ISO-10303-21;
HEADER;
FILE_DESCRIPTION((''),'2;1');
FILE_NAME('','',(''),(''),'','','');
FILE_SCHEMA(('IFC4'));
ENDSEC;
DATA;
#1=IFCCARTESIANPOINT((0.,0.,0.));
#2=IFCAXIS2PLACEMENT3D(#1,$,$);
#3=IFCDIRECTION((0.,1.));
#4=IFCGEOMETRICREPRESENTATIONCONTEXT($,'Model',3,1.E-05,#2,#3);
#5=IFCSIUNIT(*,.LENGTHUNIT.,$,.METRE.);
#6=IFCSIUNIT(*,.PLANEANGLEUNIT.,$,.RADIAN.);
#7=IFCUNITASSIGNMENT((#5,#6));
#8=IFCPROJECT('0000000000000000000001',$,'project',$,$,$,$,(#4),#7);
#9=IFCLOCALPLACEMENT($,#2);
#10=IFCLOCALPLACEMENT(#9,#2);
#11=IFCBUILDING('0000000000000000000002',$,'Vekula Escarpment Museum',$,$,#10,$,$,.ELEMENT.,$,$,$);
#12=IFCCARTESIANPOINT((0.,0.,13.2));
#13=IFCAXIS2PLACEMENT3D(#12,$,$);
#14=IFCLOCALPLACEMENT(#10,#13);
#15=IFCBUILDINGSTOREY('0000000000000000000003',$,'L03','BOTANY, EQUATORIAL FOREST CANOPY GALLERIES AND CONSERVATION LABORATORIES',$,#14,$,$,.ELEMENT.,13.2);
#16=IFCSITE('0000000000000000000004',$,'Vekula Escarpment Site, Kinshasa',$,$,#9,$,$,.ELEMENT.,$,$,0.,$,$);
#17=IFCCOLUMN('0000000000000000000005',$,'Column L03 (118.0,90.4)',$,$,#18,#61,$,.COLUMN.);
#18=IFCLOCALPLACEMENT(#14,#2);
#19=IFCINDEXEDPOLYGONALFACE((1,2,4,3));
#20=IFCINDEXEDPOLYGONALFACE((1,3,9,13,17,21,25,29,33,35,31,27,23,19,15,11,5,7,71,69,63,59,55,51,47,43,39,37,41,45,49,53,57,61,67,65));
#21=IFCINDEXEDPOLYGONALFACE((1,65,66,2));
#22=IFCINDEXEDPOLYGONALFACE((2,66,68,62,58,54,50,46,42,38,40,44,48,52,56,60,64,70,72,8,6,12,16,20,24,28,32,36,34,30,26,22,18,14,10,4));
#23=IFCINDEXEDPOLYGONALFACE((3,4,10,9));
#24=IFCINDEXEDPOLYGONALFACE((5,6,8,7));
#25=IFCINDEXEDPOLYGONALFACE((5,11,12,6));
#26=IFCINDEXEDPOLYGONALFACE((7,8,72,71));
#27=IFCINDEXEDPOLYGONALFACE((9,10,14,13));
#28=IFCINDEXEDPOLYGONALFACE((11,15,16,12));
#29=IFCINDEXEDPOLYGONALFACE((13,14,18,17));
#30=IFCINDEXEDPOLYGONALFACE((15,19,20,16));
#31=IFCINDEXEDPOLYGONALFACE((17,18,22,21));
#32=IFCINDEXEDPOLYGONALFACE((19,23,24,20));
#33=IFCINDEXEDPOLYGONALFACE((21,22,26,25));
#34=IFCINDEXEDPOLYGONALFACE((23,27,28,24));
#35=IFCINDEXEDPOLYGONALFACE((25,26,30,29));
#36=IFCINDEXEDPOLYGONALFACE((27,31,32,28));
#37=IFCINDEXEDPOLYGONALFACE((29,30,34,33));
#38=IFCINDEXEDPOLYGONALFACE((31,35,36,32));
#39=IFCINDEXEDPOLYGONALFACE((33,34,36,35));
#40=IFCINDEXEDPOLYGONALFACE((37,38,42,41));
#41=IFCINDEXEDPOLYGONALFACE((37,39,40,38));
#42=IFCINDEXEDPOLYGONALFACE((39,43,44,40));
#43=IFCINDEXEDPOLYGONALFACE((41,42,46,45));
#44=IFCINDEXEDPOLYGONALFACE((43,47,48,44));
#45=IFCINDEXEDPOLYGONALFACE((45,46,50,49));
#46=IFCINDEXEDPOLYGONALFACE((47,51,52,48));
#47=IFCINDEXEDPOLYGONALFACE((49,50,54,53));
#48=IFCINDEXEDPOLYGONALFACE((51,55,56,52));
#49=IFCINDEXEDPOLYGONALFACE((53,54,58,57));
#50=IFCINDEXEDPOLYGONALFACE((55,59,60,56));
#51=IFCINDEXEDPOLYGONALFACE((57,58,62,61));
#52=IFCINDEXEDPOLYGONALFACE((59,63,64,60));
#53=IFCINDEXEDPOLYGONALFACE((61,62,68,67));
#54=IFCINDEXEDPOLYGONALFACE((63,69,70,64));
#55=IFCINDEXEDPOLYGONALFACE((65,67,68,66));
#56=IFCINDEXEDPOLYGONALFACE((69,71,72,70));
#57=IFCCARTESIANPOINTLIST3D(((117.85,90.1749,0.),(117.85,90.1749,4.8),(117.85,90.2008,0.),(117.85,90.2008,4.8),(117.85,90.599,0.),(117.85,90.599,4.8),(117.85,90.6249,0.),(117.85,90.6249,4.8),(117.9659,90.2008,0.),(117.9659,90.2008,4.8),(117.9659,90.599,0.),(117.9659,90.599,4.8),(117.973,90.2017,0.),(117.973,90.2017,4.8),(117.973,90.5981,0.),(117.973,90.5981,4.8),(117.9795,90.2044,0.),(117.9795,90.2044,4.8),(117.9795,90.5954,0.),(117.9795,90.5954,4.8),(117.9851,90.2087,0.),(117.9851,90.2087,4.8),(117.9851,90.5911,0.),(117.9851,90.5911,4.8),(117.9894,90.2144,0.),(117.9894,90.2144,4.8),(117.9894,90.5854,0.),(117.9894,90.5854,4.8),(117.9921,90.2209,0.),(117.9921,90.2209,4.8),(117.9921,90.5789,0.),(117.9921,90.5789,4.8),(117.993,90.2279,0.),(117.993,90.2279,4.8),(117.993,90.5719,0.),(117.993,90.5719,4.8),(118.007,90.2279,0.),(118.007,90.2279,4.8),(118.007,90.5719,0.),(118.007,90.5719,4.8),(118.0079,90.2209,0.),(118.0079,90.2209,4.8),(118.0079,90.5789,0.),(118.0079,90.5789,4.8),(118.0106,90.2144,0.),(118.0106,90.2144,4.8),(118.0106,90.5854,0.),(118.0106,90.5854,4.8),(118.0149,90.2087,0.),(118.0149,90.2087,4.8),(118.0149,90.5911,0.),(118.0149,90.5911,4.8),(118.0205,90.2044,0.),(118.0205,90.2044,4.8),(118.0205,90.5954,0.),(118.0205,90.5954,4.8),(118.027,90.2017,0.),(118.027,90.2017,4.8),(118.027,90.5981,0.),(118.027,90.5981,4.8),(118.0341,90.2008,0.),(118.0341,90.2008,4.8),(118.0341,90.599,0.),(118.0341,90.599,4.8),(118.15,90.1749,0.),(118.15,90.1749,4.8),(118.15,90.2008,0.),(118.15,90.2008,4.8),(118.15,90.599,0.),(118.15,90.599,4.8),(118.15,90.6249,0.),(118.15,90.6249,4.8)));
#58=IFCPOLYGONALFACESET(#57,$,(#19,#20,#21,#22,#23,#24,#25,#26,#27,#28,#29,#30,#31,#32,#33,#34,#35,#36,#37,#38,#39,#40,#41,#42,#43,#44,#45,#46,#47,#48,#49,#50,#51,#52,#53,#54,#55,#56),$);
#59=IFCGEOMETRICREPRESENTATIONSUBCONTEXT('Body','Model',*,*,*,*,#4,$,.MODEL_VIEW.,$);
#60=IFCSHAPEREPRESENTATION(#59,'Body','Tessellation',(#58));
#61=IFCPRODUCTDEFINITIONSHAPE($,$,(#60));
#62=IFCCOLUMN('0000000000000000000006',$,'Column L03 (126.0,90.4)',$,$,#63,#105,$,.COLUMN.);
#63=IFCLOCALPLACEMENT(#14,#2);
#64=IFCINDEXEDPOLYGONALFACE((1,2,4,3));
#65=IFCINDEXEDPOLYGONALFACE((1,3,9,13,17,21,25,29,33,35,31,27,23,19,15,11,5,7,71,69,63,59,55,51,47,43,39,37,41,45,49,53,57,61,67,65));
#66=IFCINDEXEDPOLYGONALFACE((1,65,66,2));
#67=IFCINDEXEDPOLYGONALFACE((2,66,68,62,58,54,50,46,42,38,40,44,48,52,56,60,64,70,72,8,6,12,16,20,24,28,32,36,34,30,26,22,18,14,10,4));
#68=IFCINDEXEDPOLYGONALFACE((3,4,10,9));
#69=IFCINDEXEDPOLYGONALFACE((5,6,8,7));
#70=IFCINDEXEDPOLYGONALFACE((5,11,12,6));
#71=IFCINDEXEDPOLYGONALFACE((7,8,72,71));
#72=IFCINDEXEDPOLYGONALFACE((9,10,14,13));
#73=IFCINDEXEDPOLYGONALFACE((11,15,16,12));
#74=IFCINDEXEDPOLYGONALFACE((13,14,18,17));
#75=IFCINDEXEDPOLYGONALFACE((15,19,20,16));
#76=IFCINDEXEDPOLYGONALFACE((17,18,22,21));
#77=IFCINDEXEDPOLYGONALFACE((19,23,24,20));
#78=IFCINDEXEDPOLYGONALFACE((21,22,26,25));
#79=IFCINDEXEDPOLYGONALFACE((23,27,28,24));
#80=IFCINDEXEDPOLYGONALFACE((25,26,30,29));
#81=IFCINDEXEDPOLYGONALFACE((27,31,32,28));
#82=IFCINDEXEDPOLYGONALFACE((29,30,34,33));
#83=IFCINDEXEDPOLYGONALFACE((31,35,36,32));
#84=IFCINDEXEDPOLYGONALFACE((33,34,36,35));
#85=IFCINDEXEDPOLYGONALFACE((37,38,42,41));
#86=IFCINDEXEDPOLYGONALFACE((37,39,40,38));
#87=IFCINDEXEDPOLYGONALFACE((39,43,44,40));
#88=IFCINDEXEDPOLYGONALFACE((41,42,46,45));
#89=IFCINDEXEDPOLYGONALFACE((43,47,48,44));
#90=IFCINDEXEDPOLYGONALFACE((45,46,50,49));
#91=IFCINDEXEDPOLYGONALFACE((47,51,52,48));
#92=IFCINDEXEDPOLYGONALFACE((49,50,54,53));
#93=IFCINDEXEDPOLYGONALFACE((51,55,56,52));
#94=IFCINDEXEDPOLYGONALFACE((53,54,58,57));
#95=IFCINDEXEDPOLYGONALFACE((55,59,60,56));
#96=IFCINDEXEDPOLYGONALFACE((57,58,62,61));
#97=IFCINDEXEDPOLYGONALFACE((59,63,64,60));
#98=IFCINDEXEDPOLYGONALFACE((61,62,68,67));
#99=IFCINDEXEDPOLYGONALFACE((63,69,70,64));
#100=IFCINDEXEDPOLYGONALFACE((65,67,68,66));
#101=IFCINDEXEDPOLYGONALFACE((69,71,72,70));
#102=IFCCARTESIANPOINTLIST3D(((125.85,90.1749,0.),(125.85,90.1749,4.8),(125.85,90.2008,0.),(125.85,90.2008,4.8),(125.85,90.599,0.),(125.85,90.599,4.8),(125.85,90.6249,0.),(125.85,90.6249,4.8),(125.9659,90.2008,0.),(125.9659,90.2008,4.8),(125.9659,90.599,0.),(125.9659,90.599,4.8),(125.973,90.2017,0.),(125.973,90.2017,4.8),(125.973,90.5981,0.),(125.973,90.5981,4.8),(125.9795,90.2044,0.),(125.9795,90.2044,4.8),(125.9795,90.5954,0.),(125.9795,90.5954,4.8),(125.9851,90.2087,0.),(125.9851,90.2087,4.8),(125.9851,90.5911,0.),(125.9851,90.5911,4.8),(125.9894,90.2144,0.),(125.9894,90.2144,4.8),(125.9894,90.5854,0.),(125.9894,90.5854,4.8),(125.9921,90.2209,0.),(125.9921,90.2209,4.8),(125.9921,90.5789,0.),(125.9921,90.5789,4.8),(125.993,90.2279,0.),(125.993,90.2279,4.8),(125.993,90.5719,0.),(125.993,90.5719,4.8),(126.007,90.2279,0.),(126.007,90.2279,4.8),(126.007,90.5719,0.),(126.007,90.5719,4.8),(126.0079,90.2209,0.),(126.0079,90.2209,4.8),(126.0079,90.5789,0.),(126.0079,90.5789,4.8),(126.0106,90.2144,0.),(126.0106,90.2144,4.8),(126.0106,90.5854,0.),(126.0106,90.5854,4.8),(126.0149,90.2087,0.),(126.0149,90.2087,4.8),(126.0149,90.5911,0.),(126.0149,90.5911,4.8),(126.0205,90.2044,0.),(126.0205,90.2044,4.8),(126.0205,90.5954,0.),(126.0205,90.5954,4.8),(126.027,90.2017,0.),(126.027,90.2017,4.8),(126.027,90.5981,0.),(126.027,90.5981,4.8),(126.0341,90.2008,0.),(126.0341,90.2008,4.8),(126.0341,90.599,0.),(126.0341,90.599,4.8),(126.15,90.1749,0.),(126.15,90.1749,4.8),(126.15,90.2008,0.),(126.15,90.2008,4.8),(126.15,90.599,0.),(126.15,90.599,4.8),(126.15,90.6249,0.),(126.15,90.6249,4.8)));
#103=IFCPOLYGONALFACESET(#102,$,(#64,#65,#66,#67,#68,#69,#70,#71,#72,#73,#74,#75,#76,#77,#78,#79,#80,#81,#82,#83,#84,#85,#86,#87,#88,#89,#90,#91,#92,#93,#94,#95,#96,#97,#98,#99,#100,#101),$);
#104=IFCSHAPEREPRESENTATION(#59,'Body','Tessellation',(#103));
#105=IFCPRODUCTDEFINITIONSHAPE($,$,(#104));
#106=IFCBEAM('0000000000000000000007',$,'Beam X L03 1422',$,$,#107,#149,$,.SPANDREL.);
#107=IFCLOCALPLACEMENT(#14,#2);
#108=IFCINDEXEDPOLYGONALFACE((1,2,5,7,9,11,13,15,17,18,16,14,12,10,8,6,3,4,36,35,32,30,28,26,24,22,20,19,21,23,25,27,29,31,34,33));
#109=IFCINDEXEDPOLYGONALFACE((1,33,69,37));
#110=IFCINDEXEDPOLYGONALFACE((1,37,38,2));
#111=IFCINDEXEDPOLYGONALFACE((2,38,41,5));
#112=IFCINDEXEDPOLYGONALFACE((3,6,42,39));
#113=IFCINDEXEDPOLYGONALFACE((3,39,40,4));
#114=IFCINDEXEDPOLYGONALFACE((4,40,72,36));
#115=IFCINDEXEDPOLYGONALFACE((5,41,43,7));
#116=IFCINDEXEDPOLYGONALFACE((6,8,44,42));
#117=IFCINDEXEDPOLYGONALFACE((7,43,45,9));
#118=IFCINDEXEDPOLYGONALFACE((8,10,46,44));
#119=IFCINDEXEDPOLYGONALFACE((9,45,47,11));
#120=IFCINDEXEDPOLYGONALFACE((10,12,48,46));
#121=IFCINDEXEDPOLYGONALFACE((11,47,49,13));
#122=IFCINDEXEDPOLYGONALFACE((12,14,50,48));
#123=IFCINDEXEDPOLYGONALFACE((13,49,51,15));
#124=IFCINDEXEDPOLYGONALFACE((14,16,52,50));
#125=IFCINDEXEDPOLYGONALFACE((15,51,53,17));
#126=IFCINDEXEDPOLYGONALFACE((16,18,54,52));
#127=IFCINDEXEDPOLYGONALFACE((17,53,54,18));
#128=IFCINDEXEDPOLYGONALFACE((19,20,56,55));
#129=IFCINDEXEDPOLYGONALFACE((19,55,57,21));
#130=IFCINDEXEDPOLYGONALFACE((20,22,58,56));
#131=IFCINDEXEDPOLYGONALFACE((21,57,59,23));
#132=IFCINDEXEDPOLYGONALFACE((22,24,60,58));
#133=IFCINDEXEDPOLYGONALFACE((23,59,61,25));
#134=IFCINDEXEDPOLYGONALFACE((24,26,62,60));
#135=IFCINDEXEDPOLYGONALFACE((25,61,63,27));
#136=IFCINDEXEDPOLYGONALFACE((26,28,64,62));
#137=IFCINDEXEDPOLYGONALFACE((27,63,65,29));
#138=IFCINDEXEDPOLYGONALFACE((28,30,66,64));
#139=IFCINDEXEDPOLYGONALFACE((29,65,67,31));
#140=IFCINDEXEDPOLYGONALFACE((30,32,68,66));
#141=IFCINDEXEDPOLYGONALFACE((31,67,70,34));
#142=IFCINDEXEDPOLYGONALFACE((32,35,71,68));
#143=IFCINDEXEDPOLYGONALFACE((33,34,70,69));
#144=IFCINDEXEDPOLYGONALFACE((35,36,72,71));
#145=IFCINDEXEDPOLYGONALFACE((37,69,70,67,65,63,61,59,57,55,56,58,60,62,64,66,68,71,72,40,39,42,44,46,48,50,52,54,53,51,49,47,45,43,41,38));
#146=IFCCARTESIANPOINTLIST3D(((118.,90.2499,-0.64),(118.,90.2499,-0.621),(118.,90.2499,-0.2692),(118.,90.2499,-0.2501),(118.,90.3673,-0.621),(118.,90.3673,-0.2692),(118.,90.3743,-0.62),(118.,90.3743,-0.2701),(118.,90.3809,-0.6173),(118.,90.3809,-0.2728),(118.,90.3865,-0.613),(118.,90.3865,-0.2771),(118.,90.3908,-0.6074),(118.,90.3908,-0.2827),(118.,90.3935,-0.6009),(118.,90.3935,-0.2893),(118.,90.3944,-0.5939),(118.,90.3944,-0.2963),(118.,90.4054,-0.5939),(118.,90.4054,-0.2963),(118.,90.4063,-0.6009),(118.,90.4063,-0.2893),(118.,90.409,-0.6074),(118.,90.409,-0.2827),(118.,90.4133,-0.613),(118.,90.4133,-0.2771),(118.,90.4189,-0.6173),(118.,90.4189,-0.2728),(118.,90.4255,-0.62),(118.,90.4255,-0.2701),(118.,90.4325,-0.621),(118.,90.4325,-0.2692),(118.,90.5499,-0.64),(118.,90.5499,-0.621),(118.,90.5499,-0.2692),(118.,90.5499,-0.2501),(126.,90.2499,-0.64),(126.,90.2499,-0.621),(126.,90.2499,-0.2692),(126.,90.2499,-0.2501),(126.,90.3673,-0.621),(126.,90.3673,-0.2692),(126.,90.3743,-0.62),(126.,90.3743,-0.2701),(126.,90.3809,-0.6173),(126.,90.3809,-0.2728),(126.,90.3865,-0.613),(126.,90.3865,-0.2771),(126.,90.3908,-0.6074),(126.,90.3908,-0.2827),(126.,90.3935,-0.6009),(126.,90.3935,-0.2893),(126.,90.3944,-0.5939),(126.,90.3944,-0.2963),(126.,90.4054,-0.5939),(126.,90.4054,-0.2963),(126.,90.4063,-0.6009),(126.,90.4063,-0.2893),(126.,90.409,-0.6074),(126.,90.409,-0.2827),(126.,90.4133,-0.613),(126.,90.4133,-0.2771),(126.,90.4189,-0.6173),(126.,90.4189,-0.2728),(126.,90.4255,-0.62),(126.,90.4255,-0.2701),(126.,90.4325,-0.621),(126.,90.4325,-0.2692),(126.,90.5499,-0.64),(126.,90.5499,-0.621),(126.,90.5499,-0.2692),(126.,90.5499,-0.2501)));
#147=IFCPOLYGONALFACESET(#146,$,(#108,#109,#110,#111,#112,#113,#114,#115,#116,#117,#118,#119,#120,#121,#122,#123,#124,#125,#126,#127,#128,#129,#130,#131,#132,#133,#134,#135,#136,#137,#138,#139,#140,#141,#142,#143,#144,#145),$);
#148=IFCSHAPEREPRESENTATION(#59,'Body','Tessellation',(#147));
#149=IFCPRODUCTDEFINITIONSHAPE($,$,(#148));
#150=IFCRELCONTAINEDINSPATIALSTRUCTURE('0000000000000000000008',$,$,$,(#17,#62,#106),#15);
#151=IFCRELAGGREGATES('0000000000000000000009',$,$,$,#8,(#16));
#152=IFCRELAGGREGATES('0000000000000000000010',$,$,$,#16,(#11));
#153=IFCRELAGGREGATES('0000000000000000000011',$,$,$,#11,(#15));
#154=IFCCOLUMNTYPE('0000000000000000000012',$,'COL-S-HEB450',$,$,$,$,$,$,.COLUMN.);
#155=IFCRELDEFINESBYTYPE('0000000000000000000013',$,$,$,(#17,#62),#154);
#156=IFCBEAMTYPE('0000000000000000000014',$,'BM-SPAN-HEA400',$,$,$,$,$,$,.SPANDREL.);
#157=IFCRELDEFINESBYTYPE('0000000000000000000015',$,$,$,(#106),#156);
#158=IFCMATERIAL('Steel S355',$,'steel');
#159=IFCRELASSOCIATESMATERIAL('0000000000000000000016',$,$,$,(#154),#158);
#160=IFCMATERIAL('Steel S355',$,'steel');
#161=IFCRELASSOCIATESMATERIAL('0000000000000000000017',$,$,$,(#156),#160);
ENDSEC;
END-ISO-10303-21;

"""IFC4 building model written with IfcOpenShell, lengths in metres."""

from ifc_helpers import new_model, si_unit, direction, frame, origin, origin_2d, place, context, subcontext, project, spatial, i_section, extrude, material, material_profile, profile_set, type_object, element, save


model = new_model("IFC4")

# Units and contexts
model_context = context("Model", 3, precision=1e-05, world=origin(), true_north=direction((0.0, 1.0)))
body_context = subcontext(model_context, "Body", "Model", "MODEL_VIEW")
ifc_project = project(units=[si_unit("LENGTHUNIT", "METRE"), si_unit("PLANEANGLEUNIT", "RADIAN")], contexts=[model_context])

# Site, building, storey
site_placement = place(None, origin())
site = spatial("IfcSite", under=ifc_project, at=site_placement, Name="Vekula Escarpment Site, Kinshasa", CompositionType="ELEMENT", RefElevation=0.0)
building_placement = place(site_placement, origin())
building = spatial("IfcBuilding", under=site, at=building_placement, Name="Vekula Escarpment Museum", CompositionType="ELEMENT")
storey_placement = place(building_placement, frame((0.0, 0.0, 13.2)))
storey = spatial("IfcBuildingStorey", under=building, at=storey_placement, Name="L03", Description="BOTANY, EQUATORIAL FOREST CANOPY GALLERIES AND CONSERVATION LABORATORIES", CompositionType="ELEMENT", Elevation=13.2)

# Columns
ifc_material_1 = material(Name="Steel S355", Category="steel")
ifc_material_profile_1 = material_profile(ifc_material_1, i_section(OverallWidth=0.3, OverallDepth=0.45, WebThickness=0.0139, FlangeThickness=0.0259, FilletRadius=0.0271, at=origin_2d()), Name="HEB 450")
ifc_profile_set_1 = profile_set([ifc_material_profile_1], Name="Steel S355")
column_type = type_object("IfcColumnType", Name="COL-S-HEB450", PredefinedType="COLUMN", material=ifc_profile_set_1)
for number, where, z_axis, x_axis, name in (
    (1, (118.0, 90.3999, 0.0), (0.0, 0.0, 1.0), (1.0, 0.0, 0.0), "Column L03 (118.0,90.4)"),
    (2, (126.0, 90.3999, 0.0), (0.0, 0.0, 1.0), (1.0, 0.0, 0.0), "Column L03 (126.0,90.4)"),
):
    element("IfcColumn", number, at=place(storey_placement, frame(where, z_axis=z_axis, x_axis=x_axis)), inside=storey, type_object=column_type, Name=name, PredefinedType="COLUMN", context=body_context, shape_type="SweptSolid", body=[
        extrude(i_section(OverallWidth=0.3, OverallDepth=0.45, WebThickness=0.0139, FlangeThickness=0.0259, FilletRadius=0.0271, at=origin_2d()), origin(), (0.0, 0.0, 1.0), 4.8),
    ])

# Beam
ifc_material_2 = material(Name="Steel S355", Category="steel")
ifc_material_profile_2 = material_profile(ifc_material_2, i_section(OverallWidth=0.3, OverallDepth=0.3899, WebThickness=0.011, FlangeThickness=0.019, FilletRadius=0.0271, at=origin_2d()), Name="HEA 400")
ifc_profile_set_2 = profile_set([ifc_material_profile_2], Name="Steel S355")
beam_type = type_object("IfcBeamType", Name="BM-SPAN-HEA400", PredefinedType="SPANDREL", material=ifc_profile_set_2)
beam_placement = place(storey_placement, frame((118.0, 90.3999, -0.4451), z_axis=(1.0, 0.0, 0.0), x_axis=(0.0, 1.0, 0.0)))
element("IfcBeam", 3, at=beam_placement, inside=storey, type_object=beam_type, Name="Beam X L03 1422", PredefinedType="SPANDREL", context=body_context, shape_type="SweptSolid", body=[
    extrude(i_section(OverallWidth=0.3, OverallDepth=0.3899, WebThickness=0.011, FlangeThickness=0.019, FilletRadius=0.0271, at=origin_2d()), origin(), (0.0, 0.0, 1.0), 8.0),
])

save(model, "model.ifc")
